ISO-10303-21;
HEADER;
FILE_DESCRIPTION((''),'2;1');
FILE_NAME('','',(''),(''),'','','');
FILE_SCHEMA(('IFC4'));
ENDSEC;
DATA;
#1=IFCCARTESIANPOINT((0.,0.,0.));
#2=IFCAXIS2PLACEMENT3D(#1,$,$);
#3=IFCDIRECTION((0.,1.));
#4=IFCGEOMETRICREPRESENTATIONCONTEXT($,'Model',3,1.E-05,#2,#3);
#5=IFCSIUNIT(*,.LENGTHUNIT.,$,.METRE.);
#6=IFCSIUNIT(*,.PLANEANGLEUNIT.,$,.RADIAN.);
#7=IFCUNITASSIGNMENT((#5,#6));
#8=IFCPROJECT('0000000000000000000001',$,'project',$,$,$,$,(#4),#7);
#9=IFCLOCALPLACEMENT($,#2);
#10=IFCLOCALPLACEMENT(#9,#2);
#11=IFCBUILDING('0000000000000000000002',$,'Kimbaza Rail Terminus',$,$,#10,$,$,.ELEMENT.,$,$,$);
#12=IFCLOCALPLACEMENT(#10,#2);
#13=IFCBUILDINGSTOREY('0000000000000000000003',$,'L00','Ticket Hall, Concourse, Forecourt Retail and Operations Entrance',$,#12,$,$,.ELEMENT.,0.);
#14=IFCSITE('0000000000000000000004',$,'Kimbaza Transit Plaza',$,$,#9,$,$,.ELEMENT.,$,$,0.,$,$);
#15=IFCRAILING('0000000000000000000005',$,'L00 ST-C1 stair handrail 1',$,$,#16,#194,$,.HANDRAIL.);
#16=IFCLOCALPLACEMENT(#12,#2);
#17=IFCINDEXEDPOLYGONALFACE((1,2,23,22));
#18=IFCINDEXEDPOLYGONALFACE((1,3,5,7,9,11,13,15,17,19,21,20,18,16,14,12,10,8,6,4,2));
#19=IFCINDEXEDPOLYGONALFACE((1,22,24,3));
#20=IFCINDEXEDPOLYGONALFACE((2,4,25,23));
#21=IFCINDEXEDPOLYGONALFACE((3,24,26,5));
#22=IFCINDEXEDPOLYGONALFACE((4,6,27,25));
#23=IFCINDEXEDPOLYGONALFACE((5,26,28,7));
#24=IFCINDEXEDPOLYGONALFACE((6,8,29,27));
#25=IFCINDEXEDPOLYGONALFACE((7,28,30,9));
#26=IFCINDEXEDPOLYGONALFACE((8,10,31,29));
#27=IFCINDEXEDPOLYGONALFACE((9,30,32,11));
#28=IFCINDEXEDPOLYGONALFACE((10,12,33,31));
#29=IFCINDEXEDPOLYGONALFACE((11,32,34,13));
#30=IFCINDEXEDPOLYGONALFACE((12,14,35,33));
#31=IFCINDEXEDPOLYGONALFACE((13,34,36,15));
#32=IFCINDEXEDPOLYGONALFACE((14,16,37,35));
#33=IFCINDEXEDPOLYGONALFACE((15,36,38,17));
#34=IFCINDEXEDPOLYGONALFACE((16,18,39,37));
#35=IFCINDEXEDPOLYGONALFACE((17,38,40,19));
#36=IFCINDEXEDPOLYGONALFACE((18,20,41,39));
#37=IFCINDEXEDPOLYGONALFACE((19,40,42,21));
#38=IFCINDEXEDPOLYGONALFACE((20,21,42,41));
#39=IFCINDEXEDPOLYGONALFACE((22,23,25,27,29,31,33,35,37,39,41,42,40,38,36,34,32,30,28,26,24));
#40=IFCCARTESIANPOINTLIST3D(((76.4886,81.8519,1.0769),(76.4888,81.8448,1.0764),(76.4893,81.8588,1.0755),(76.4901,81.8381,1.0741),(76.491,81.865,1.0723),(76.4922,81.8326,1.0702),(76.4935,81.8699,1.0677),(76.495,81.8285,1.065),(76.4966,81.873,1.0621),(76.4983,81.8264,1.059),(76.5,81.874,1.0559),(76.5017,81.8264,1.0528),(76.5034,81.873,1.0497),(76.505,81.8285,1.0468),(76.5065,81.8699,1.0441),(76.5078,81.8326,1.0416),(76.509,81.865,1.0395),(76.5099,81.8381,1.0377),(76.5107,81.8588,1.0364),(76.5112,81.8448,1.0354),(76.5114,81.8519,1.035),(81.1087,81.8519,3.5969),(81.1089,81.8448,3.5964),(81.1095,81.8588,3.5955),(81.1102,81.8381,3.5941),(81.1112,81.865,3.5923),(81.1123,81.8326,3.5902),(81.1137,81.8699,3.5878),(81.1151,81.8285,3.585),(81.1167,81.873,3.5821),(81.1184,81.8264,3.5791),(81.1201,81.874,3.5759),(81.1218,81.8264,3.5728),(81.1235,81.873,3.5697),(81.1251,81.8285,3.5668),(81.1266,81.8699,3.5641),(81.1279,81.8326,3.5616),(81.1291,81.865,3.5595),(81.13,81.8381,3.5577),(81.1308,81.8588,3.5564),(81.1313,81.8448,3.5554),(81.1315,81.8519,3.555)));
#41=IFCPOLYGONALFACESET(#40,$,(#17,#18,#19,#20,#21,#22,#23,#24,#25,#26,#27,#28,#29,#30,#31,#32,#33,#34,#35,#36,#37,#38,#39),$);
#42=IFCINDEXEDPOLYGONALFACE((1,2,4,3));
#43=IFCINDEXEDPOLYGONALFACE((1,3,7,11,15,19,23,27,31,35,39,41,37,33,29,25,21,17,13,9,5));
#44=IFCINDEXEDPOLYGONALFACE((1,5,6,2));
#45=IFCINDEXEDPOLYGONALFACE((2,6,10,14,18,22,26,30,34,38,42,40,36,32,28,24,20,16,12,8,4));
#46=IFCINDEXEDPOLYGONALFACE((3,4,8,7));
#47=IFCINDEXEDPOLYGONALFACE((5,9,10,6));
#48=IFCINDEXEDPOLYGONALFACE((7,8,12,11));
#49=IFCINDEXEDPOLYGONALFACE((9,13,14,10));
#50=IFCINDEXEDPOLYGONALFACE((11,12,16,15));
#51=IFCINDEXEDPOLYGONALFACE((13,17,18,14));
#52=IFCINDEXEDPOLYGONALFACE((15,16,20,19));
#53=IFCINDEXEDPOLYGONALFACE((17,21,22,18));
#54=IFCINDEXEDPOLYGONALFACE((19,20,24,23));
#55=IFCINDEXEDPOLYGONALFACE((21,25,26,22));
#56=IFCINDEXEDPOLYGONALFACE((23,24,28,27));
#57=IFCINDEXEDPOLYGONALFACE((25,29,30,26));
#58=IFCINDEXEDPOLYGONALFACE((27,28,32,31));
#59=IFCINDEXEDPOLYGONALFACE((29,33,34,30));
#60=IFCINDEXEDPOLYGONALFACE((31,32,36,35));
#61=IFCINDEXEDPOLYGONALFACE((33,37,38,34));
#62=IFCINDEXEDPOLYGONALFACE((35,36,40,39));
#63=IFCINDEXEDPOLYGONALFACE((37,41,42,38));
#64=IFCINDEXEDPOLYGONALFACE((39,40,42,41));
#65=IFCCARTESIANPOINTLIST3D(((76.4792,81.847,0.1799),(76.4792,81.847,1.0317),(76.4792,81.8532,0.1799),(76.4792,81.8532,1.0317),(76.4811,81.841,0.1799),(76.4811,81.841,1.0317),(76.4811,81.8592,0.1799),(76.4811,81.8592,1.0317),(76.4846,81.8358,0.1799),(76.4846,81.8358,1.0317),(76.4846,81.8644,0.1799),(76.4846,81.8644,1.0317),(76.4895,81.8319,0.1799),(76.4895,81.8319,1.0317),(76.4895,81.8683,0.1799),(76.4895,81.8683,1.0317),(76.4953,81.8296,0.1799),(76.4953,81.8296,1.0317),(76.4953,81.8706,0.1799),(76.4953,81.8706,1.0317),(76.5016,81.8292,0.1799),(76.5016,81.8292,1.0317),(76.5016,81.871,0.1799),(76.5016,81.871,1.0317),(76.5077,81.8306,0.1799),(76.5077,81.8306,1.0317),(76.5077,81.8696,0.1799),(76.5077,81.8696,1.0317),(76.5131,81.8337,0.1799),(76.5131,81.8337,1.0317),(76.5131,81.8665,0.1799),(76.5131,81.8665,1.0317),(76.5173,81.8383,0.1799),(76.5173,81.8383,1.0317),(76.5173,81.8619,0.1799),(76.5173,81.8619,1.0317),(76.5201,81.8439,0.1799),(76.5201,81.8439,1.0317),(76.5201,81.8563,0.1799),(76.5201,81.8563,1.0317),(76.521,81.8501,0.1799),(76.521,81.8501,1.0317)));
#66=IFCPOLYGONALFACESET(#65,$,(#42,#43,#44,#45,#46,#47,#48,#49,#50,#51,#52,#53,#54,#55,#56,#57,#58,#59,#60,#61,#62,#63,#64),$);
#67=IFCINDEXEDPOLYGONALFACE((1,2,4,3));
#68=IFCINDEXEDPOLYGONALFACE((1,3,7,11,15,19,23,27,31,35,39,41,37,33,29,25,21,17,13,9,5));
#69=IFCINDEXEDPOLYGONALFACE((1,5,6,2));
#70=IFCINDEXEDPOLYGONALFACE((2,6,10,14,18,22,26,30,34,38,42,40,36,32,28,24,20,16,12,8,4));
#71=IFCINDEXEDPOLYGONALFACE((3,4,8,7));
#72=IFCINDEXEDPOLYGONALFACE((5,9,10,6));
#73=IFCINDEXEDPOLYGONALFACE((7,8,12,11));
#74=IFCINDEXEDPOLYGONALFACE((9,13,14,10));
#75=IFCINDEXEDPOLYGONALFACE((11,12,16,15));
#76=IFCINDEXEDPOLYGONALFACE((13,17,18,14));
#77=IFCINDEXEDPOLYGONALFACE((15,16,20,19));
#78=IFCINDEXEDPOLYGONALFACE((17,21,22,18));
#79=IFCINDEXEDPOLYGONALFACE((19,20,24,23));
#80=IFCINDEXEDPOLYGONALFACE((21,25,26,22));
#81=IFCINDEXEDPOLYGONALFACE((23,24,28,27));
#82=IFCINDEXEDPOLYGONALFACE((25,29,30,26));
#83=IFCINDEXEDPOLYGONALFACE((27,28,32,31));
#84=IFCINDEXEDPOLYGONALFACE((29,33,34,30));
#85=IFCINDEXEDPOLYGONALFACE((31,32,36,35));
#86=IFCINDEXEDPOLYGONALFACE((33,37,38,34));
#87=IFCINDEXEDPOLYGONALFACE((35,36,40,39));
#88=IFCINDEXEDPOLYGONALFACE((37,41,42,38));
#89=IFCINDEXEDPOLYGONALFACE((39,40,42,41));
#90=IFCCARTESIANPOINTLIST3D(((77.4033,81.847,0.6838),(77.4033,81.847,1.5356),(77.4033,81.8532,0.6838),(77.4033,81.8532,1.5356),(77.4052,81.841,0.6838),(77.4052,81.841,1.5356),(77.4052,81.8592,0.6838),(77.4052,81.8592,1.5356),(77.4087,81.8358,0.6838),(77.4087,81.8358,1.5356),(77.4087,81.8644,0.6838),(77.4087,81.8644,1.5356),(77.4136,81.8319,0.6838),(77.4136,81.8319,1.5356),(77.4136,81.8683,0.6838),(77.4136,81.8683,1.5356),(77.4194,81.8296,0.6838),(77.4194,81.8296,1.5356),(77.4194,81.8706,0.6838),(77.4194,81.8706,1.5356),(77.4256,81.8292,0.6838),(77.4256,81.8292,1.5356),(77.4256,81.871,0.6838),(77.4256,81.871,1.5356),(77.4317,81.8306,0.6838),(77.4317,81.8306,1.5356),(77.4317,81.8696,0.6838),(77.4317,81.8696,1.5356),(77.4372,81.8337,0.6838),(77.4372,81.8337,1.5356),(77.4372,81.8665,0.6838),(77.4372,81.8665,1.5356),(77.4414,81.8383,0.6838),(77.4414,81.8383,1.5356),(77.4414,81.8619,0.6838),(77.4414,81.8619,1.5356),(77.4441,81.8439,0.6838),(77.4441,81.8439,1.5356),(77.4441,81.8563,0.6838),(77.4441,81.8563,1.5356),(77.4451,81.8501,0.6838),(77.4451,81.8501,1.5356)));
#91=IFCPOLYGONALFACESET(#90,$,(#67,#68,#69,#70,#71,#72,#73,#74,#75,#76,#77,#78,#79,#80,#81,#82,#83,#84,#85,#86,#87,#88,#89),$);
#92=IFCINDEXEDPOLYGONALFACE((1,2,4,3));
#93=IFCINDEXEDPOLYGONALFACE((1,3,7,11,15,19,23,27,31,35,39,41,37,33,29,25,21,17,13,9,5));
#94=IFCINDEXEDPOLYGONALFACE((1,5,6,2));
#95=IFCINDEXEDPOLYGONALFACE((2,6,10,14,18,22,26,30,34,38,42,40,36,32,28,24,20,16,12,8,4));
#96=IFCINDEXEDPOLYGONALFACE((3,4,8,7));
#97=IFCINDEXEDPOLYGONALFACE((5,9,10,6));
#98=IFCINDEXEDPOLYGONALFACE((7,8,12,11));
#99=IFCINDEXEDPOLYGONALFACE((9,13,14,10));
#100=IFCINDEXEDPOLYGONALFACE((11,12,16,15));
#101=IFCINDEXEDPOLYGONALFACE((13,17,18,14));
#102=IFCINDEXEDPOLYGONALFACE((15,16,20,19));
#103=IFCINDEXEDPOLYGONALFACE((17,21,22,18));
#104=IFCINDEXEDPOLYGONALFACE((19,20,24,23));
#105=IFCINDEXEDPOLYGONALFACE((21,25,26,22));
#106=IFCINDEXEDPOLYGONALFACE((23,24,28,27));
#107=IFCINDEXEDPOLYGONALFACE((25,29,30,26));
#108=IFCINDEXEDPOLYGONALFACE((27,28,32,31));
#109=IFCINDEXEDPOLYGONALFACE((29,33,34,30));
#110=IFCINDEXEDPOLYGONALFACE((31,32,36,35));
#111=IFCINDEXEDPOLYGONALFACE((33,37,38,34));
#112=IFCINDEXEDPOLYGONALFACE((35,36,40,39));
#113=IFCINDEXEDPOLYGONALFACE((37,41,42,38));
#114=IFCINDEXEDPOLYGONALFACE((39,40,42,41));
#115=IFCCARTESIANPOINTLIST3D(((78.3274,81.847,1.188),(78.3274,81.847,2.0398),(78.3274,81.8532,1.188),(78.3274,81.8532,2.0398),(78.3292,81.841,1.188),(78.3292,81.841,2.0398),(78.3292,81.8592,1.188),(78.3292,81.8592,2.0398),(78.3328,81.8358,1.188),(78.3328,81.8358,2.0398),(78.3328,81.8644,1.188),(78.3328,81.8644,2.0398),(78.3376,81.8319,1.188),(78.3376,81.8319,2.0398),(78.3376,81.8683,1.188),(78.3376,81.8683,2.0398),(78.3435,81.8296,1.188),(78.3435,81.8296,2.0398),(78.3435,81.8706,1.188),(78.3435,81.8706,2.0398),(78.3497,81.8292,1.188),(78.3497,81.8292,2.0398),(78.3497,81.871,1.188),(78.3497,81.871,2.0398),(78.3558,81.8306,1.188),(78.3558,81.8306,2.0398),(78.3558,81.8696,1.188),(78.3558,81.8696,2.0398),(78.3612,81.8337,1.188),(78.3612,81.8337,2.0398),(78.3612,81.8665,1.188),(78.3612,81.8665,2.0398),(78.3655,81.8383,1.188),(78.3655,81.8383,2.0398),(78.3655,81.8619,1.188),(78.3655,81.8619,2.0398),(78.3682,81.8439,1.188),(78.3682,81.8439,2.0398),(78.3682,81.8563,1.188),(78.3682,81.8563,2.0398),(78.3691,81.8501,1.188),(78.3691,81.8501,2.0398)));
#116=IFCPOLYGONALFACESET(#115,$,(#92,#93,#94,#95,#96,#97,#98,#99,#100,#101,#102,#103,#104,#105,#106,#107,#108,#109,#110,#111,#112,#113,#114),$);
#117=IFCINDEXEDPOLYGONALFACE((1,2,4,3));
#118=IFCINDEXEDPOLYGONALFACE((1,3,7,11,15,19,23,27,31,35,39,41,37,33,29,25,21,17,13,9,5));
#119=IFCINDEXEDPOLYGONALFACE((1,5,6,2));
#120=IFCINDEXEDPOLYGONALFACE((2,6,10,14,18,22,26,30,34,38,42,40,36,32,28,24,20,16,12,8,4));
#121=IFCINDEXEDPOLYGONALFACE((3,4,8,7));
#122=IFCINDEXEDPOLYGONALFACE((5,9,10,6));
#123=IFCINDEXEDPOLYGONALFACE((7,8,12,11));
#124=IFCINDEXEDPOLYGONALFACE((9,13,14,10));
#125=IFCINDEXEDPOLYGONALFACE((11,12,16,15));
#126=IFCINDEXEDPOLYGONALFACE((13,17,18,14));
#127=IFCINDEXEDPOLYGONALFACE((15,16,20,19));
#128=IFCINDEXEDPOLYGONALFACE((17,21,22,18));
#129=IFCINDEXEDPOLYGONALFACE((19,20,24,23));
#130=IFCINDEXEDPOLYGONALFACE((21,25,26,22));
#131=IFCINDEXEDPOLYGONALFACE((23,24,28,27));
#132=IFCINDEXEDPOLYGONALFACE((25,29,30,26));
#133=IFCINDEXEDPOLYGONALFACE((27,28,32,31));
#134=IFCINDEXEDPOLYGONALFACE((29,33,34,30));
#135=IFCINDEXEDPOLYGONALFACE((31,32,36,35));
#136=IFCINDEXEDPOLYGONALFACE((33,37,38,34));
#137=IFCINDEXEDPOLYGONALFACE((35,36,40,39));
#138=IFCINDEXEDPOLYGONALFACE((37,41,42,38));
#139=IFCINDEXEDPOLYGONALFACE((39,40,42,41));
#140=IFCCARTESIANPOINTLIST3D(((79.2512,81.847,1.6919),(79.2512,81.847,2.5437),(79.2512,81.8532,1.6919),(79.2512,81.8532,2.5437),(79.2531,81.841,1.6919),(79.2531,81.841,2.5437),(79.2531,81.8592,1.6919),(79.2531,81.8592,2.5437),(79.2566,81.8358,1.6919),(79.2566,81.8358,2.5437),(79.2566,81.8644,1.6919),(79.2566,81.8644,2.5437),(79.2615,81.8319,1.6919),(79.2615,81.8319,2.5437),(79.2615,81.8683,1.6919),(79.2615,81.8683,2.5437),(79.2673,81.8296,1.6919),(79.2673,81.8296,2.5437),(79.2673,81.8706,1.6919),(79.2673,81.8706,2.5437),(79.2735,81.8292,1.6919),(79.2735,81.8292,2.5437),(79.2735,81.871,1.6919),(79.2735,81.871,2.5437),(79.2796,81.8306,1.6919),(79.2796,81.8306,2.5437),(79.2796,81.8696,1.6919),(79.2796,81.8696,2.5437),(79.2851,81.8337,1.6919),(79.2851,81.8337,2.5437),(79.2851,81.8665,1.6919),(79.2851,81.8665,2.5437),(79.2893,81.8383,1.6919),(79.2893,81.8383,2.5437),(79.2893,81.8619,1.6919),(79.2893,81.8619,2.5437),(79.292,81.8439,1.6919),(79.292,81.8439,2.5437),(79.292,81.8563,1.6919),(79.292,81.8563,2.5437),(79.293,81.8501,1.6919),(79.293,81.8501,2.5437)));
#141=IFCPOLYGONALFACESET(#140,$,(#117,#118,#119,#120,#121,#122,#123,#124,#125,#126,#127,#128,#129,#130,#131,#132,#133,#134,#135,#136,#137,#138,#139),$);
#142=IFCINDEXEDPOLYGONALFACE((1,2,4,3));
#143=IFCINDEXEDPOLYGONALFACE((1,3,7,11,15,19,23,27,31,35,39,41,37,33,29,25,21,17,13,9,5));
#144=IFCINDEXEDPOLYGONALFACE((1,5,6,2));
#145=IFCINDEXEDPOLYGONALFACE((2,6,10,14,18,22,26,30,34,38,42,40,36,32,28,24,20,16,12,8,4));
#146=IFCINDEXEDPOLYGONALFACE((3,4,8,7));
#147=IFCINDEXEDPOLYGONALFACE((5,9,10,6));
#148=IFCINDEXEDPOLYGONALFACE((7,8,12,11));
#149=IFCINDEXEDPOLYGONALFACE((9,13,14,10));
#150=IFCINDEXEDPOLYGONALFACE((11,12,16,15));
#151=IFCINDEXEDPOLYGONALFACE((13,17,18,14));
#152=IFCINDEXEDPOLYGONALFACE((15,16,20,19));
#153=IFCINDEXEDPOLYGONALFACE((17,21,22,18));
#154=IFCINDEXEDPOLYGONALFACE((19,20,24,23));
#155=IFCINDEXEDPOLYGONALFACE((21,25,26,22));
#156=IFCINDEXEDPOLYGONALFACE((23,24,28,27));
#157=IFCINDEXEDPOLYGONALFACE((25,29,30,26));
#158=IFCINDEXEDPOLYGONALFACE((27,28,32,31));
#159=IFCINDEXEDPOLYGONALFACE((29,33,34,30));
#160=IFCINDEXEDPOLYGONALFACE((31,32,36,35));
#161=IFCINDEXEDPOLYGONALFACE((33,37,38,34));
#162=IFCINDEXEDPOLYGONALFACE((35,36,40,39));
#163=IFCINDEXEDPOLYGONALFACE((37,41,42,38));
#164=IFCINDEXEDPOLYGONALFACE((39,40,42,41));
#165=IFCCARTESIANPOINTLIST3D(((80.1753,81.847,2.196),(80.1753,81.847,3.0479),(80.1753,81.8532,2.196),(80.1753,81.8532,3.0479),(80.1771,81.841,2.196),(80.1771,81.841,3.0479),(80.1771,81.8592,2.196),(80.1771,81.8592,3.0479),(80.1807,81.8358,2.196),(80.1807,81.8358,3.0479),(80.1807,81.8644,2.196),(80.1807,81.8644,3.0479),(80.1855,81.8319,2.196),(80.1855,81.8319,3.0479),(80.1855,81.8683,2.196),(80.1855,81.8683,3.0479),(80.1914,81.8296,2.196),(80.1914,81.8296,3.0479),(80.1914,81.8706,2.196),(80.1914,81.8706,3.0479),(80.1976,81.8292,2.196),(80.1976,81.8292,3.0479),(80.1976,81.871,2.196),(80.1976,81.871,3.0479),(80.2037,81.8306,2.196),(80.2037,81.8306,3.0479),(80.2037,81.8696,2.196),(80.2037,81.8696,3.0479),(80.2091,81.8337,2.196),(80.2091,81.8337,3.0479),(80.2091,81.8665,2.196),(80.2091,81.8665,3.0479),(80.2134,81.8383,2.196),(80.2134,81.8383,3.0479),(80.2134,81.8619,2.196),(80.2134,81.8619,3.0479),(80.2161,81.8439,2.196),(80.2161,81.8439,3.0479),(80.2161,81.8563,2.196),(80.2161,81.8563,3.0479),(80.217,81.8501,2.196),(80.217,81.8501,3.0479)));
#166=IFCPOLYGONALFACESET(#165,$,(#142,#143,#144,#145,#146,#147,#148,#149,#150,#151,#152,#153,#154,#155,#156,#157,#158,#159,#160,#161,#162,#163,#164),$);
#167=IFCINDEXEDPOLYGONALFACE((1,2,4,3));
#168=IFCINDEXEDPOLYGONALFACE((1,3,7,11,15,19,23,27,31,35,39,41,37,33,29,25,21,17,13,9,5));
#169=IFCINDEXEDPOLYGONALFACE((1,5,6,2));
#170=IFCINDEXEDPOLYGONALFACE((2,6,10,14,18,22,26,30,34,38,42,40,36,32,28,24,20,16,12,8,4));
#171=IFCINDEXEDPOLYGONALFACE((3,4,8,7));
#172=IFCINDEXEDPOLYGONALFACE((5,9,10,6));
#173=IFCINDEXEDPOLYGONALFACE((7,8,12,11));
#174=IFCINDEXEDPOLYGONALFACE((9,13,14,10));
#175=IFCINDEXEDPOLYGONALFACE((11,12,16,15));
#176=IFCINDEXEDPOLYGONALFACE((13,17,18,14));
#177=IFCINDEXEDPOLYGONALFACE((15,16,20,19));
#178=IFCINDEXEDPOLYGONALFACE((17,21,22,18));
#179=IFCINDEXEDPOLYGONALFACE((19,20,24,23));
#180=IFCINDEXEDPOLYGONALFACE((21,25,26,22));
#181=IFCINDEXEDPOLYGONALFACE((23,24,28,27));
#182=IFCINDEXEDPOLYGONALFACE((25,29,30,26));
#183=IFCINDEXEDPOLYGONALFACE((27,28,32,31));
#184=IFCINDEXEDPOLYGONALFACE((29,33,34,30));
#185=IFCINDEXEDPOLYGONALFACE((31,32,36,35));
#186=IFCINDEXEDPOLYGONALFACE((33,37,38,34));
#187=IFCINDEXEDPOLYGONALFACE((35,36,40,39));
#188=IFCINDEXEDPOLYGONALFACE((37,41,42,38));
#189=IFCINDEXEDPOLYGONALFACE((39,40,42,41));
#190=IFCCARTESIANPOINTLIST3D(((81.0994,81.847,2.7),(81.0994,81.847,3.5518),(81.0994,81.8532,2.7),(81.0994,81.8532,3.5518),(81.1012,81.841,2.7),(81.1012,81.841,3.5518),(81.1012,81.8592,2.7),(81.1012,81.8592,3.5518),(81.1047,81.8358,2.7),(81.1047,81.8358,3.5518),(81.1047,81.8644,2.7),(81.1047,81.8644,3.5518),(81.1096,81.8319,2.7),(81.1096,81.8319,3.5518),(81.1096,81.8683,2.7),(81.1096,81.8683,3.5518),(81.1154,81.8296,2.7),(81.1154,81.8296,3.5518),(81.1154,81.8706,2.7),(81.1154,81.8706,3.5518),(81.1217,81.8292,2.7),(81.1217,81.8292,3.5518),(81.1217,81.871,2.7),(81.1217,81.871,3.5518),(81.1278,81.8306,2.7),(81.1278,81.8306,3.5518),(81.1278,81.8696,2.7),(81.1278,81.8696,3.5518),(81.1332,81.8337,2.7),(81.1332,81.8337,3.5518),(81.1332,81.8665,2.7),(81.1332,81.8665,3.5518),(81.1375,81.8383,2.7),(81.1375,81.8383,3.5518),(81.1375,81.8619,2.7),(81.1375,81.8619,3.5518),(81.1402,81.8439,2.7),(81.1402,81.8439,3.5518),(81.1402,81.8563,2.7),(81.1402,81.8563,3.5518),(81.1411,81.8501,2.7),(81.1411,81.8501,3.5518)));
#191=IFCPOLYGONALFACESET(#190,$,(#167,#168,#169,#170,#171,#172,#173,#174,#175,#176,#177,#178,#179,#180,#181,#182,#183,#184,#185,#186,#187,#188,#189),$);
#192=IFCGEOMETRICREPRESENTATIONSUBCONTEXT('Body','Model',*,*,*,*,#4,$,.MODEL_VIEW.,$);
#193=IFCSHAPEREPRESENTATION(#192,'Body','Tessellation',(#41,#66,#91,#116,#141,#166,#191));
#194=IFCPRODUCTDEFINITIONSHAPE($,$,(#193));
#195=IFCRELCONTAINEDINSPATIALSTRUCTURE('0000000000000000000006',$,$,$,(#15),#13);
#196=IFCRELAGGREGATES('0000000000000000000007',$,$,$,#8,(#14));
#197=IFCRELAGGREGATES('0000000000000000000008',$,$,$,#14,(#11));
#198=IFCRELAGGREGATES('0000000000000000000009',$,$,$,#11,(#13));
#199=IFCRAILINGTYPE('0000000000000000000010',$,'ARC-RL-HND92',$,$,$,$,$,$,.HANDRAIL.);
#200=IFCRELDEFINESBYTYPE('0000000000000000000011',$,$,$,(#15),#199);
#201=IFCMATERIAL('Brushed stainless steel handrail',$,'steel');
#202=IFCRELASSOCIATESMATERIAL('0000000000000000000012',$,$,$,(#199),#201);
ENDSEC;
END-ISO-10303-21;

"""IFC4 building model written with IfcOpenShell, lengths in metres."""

from ifc_helpers import new_model, si_unit, direction, frame, origin, origin_2d, place, context, subcontext, project, spatial, circle, extrude, material, type_object, element, save


model = new_model("IFC4")

# Units and contexts
model_context = context("Model", 3, precision=1e-05, world=origin(), true_north=direction((0.0, 1.0)))
body_context = subcontext(model_context, "Body", "Model", "MODEL_VIEW")
ifc_project = project(units=[si_unit("LENGTHUNIT", "METRE"), si_unit("PLANEANGLEUNIT", "RADIAN")], contexts=[model_context])

# Site, building, storey
site_placement = place(None, origin())
site = spatial("IfcSite", under=ifc_project, at=site_placement, Name="Kimbaza Transit Plaza", CompositionType="ELEMENT", RefElevation=0.0)
building_placement = place(site_placement, origin())
building = spatial("IfcBuilding", under=site, at=building_placement, Name="Kimbaza Rail Terminus", CompositionType="ELEMENT")
storey_placement = place(building_placement, origin())
storey = spatial("IfcBuildingStorey", under=building, at=storey_placement, Name="L00", Description="Ticket Hall, Concourse, Forecourt Retail and Operations Entrance", CompositionType="ELEMENT", Elevation=0.0)

# Railing
ifc_material_1 = material(Name="Brushed stainless steel handrail", Category="steel")
railing_type_1 = type_object("IfcRailingType", Name="ARC-RL-HND92", PredefinedType="HANDRAIL", material=ifc_material_1)
railing_1_placement = place(storey_placement, frame((76.5, 81.8501, 0.1799)))
element("IfcRailing", 1, at=railing_1_placement, inside=storey, type_object=railing_type_1, Name="L00 ST-C1 stair handrail 1", PredefinedType="HANDRAIL", context=body_context, shape_type="SweptSolid", body=[
    extrude(circle(Radius=0.0239, at=origin_2d()), frame((0.0, 0.0, 0.876), z_axis=(0.877899, 0.0, 0.478846), x_axis=(0.0, 1.0, 0.0)), (0.0, 0.0, 1.0), 5.2627),
    extrude(circle(Radius=0.021, at=origin_2d()), origin(), (0.0, 0.0, 1.0), 0.8518),
    extrude(circle(Radius=0.021, at=origin_2d()), frame((0.9241, 0.0, 0.5039)), (0.0, 0.0, 1.0), 0.8518),
    extrude(circle(Radius=0.021, at=origin_2d()), frame((1.8481, 0.0, 1.0081)), (0.0, 0.0, 1.0), 0.8518),
    extrude(circle(Radius=0.021, at=origin_2d()), frame((2.772, 0.0, 1.512)), (0.0, 0.0, 1.0), 0.8518),
    extrude(circle(Radius=0.021, at=origin_2d()), frame((3.696, 0.0, 2.0161)), (0.0, 0.0, 1.0), 0.8518),
    extrude(circle(Radius=0.021, at=origin_2d()), frame((4.6201, 0.0, 2.52)), (0.0, 0.0, 1.0), 0.8518),
])

save(model, "model.ifc")
